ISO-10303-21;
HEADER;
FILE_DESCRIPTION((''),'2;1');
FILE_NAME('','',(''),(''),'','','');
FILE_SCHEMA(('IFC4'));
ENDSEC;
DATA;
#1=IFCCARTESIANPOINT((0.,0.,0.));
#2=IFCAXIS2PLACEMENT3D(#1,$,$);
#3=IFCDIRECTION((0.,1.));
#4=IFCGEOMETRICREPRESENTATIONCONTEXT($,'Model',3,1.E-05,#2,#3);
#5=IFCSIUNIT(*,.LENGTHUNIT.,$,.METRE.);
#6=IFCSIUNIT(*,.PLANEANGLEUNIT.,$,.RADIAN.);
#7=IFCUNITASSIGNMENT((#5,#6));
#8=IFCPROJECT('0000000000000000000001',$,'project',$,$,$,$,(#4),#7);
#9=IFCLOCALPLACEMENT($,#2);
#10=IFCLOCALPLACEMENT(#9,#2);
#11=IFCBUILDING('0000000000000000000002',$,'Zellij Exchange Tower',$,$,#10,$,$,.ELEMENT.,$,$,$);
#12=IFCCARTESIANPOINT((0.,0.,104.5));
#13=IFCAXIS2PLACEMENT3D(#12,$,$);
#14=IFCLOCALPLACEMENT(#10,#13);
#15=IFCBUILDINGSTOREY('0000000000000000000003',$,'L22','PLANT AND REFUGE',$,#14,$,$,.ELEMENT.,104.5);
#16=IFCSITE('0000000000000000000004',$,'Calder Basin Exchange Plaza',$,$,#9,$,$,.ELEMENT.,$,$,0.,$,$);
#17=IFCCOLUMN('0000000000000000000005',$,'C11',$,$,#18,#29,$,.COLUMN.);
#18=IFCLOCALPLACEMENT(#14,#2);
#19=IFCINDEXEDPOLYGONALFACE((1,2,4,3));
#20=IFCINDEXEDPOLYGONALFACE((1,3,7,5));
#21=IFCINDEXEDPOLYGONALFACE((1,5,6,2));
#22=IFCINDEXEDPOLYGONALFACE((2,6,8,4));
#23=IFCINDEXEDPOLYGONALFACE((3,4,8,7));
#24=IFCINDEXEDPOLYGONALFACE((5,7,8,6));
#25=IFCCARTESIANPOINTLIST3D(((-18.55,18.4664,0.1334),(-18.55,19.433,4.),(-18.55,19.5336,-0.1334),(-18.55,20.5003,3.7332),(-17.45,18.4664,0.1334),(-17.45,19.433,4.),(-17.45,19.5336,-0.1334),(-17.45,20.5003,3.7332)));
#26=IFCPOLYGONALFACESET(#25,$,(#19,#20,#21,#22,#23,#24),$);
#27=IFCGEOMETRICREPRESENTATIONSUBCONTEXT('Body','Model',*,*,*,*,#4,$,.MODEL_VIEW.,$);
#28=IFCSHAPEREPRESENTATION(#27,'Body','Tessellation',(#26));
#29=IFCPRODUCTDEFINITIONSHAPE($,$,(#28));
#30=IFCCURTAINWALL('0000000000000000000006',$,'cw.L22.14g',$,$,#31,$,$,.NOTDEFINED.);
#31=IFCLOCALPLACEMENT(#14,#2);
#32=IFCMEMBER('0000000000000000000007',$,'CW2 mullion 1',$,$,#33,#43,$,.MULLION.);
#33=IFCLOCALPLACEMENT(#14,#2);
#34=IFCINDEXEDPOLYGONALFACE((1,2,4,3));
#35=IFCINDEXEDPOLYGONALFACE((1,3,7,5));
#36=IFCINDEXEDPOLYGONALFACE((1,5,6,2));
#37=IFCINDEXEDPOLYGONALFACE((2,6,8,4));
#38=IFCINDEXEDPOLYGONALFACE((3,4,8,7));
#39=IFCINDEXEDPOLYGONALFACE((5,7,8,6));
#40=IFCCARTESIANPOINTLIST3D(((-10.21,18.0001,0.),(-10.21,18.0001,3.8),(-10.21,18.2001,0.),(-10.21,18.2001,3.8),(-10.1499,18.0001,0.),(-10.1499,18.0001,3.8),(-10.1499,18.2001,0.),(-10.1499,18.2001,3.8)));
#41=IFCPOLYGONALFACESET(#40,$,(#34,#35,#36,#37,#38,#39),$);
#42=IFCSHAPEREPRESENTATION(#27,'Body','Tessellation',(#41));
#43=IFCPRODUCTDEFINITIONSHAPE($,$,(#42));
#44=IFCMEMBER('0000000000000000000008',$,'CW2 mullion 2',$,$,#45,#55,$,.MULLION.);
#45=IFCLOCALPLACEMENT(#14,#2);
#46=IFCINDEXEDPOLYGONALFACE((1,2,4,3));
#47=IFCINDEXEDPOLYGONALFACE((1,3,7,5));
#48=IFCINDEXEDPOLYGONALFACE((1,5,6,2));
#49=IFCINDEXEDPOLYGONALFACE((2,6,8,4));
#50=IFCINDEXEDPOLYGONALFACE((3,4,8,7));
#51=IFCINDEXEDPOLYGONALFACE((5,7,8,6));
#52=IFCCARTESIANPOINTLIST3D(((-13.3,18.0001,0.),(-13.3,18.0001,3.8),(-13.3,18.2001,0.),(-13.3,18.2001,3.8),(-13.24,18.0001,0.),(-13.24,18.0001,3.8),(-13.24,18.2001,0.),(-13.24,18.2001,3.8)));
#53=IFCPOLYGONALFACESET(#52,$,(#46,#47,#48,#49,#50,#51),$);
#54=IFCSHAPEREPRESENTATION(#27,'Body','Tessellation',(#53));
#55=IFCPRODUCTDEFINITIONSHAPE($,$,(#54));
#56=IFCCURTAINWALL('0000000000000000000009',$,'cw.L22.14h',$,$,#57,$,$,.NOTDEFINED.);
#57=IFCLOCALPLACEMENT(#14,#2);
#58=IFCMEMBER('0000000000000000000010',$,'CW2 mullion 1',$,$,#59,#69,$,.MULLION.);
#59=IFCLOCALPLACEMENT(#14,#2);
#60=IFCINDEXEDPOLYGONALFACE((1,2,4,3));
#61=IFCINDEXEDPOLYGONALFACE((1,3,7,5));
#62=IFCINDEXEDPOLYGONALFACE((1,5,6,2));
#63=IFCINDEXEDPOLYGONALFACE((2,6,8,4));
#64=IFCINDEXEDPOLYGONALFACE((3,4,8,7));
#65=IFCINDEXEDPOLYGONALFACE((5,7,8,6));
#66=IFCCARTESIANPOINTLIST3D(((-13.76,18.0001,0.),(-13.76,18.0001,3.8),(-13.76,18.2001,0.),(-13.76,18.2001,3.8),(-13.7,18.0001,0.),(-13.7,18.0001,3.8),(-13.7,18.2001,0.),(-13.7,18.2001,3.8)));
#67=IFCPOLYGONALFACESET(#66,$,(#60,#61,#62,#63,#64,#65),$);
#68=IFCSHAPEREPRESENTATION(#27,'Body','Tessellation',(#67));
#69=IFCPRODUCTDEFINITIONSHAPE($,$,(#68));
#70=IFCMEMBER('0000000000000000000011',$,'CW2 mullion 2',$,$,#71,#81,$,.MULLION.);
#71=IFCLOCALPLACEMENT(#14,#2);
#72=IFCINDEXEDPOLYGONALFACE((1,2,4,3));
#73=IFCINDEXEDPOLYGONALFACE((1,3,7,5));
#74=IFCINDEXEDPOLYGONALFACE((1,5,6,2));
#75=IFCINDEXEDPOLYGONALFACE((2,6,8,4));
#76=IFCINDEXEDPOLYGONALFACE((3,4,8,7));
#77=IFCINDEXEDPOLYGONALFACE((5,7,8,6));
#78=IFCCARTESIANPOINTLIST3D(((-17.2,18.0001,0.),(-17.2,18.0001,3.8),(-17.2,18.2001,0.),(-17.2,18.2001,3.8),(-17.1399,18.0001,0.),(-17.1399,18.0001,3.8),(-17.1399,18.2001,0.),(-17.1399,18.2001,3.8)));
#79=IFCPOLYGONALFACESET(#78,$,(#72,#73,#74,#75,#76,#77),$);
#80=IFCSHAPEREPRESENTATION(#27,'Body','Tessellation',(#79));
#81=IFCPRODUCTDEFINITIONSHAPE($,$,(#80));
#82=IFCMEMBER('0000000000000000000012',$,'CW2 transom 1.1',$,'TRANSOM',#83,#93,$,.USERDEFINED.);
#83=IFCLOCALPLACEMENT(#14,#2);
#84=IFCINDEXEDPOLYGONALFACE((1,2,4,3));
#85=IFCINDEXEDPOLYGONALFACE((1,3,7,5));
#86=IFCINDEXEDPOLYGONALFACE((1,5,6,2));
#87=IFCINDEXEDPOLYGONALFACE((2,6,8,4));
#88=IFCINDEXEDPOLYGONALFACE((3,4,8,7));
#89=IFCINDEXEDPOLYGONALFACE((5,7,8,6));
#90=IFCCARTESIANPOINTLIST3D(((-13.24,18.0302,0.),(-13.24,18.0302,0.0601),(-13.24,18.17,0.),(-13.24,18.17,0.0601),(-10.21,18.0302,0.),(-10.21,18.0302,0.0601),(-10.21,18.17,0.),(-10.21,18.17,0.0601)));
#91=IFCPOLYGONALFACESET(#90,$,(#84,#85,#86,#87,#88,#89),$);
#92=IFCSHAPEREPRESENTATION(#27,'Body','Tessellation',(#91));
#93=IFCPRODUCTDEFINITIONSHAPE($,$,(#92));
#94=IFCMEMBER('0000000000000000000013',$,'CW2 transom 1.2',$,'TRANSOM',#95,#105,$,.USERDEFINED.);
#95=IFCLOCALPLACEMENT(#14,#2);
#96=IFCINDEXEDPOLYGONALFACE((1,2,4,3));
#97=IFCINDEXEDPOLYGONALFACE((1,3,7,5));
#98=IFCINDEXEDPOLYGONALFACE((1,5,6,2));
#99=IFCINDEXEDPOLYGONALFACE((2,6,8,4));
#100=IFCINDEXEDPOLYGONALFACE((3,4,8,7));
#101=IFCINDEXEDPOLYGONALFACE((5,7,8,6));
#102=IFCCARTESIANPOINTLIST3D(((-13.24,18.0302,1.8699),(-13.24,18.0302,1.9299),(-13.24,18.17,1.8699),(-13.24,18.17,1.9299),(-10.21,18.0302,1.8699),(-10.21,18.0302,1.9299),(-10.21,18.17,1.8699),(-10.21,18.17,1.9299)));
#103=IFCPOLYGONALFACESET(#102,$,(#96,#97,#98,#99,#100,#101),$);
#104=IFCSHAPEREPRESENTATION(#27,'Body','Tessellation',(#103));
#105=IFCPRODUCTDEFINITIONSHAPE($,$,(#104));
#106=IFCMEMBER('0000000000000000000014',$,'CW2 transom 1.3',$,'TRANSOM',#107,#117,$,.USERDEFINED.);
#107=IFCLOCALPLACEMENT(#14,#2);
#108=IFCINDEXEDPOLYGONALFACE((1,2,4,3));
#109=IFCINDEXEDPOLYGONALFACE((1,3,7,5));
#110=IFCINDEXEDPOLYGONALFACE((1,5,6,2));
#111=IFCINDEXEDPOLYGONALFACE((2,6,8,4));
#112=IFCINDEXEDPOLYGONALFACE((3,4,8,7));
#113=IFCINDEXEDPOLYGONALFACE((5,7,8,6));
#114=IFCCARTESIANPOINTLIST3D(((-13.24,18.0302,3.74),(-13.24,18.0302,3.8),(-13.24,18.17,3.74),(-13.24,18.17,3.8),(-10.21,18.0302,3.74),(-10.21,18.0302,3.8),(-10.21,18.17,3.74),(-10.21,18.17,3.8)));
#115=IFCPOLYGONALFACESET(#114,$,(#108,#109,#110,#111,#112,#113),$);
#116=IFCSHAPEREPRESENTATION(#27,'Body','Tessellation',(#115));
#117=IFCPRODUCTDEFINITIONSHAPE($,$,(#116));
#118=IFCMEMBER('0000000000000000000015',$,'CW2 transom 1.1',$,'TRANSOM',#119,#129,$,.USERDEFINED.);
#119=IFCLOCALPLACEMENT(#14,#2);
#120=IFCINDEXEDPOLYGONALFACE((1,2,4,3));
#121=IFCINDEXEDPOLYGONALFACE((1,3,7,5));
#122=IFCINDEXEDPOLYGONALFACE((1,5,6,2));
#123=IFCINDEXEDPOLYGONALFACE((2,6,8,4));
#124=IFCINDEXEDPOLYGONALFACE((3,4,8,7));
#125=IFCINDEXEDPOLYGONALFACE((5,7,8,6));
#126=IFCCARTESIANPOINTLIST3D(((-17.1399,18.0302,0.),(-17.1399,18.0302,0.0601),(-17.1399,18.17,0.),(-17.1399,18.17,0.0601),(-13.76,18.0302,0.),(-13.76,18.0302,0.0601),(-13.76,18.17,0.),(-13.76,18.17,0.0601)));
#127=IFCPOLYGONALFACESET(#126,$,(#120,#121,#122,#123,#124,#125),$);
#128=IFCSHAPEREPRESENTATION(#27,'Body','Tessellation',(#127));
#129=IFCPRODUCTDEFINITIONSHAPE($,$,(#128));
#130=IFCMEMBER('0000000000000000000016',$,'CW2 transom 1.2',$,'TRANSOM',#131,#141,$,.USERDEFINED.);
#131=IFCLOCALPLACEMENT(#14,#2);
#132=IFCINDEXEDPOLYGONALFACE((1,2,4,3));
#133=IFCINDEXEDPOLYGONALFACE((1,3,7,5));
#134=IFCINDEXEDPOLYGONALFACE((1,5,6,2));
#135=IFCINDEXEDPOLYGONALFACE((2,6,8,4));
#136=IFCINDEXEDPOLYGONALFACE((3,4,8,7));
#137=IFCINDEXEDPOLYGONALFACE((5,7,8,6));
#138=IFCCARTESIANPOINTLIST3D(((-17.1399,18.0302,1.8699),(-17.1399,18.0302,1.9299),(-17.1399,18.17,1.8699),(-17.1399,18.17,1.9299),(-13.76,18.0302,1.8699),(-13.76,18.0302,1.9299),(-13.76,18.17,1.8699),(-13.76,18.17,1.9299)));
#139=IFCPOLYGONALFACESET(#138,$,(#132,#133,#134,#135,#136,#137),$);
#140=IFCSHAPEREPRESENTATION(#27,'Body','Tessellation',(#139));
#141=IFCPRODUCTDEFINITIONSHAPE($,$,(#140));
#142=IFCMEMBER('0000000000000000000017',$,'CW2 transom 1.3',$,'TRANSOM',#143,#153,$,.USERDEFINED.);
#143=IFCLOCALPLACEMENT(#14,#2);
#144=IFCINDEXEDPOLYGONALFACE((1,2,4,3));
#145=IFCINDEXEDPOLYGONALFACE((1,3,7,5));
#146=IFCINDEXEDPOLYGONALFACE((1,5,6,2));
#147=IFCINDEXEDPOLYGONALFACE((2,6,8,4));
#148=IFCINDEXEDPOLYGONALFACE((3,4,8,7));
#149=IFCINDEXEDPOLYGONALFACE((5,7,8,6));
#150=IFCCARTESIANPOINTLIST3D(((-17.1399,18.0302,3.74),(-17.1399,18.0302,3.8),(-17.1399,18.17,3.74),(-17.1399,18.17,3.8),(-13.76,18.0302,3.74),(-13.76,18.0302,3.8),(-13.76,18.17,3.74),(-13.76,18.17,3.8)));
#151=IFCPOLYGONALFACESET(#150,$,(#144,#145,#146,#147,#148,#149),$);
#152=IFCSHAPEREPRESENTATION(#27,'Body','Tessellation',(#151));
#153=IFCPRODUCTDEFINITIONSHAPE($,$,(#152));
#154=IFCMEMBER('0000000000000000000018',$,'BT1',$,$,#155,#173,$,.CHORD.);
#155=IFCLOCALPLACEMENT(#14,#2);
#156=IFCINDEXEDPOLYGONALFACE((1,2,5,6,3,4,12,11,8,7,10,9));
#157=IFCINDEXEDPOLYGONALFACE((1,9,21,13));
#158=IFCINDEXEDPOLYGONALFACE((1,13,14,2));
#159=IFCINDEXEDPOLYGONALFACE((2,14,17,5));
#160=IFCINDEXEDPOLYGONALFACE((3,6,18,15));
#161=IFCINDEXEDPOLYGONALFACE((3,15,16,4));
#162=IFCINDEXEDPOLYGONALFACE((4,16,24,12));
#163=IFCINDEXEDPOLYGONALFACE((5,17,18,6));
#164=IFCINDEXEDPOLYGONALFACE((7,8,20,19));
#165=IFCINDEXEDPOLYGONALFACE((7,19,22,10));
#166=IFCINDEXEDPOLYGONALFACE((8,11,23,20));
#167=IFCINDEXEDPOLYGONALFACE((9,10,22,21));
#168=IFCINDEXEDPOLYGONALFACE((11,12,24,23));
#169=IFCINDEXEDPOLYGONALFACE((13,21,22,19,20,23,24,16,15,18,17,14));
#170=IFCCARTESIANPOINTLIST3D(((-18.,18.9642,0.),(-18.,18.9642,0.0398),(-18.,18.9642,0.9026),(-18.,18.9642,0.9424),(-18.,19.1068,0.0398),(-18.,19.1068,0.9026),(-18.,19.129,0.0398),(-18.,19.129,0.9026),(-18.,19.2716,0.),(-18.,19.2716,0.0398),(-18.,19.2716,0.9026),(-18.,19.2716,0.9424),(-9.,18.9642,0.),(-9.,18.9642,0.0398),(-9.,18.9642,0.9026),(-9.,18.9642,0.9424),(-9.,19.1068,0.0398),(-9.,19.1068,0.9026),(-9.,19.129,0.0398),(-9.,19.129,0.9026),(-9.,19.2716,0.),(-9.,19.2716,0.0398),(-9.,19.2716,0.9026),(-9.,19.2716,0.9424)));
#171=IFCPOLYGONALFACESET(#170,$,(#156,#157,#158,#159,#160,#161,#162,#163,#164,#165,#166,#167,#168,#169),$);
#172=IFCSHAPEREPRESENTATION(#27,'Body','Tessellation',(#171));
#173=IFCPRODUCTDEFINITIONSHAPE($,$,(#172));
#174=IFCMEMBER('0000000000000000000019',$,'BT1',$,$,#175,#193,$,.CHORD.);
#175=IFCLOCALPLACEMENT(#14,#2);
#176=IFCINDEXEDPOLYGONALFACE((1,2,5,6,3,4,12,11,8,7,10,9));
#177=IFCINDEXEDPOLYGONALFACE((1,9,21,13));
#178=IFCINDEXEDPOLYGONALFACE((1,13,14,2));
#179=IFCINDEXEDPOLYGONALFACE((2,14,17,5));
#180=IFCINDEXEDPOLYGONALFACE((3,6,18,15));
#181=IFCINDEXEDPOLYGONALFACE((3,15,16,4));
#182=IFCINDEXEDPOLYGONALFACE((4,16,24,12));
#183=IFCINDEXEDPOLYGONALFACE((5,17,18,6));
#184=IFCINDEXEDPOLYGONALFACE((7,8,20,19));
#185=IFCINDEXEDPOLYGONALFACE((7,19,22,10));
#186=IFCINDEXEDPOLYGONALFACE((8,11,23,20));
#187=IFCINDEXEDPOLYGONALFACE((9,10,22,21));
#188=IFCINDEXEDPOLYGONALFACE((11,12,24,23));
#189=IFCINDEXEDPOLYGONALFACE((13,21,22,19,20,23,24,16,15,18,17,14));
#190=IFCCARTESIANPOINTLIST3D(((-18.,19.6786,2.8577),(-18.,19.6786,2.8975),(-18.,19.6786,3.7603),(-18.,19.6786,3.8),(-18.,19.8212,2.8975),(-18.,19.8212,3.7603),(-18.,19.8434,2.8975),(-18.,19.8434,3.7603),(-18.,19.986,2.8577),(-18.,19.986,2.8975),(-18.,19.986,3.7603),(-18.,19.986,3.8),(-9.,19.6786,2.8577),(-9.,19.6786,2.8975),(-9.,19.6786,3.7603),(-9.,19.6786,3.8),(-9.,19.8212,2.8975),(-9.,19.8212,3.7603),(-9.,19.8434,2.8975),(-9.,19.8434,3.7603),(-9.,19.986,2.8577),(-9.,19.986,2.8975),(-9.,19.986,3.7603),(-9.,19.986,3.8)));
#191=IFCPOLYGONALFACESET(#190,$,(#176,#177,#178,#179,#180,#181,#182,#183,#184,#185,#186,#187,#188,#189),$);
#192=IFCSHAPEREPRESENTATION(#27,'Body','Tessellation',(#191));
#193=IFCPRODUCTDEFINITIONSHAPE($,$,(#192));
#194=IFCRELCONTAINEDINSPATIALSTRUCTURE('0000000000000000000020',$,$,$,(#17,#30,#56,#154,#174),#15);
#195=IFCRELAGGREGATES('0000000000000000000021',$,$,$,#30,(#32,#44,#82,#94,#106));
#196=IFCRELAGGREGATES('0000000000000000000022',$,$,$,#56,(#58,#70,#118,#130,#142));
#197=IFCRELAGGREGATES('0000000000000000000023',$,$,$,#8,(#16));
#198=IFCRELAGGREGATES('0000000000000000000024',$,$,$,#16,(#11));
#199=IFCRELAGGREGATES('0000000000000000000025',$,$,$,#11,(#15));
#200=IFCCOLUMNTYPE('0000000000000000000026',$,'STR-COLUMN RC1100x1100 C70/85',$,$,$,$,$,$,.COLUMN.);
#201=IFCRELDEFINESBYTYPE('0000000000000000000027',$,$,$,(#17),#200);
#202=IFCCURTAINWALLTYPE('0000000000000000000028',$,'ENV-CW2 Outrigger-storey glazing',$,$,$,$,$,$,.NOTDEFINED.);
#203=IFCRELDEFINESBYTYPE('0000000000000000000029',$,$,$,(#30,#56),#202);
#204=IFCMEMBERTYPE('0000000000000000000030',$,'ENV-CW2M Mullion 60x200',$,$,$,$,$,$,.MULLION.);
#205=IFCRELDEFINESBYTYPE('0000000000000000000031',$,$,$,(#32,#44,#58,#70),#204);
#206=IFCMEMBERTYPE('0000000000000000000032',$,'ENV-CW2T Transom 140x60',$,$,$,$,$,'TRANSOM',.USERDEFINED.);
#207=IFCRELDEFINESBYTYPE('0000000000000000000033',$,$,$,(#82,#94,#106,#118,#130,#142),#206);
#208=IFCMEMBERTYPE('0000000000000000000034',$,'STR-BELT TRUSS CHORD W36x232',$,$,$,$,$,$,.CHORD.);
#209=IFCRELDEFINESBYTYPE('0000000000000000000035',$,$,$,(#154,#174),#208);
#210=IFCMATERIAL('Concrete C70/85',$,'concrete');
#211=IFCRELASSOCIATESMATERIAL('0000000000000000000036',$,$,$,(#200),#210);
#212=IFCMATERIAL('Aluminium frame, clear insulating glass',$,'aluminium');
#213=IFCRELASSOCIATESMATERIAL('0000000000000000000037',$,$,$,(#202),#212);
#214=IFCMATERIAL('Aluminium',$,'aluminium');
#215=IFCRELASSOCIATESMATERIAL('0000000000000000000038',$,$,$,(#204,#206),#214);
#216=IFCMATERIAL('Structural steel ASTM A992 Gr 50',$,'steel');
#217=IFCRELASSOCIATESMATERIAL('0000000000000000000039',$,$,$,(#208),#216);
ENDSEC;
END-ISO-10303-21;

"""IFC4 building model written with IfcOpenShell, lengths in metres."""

from ifc_helpers import new_model, si_unit, direction, frame, origin, origin_2d, place, context, subcontext, project, spatial, rectangle, i_section, extrude, clip, halfspace, material, material_profile, profile_set, type_object, element, aggregate, save


model = new_model("IFC4")

# Units and contexts
model_context = context("Model", 3, precision=1e-05, world=origin(), true_north=direction((0.0, 1.0)))
body_context = subcontext(model_context, "Body", "Model", "MODEL_VIEW")
ifc_project = project(units=[si_unit("LENGTHUNIT", "METRE"), si_unit("PLANEANGLEUNIT", "RADIAN")], contexts=[model_context])

# Site, building, storey
site_placement = place(None, origin())
site = spatial("IfcSite", under=ifc_project, at=site_placement, Name="Calder Basin Exchange Plaza", CompositionType="ELEMENT", RefElevation=0.0)
building_placement = place(site_placement, origin())
building = spatial("IfcBuilding", under=site, at=building_placement, Name="Zellij Exchange Tower", CompositionType="ELEMENT")
storey_placement = place(building_placement, frame((0.0, 0.0, 104.5)))
storey = spatial("IfcBuildingStorey", under=building, at=storey_placement, Name="L22", Description="PLANT AND REFUGE", CompositionType="ELEMENT", Elevation=104.5)

# Column
ifc_material_1 = material(Name="Concrete C70/85", Category="concrete")
ifc_material_profile_1 = material_profile(ifc_material_1, rectangle(XDim=1.1001, YDim=1.1001, at=origin_2d()), Name="STR-COLUMN RC1100x1100 C70/85")
ifc_profile_set_1 = profile_set([ifc_material_profile_1], Name="Concrete C70/85")
column_type = type_object("IfcColumnType", Name="STR-COLUMN RC1100x1100 C70/85", PredefinedType="COLUMN", material=ifc_profile_set_1)
column_placement = place(storey_placement, frame((-18.0, 19.0, 0.0), z_axis=(0.0, 0.242536, 0.970143), x_axis=(-1.0, 0.0, 0.0)))
element("IfcColumn", 1, at=column_placement, inside=storey, type_object=column_type, Name="C11", PredefinedType="COLUMN", context=body_context, shape_type="Clipping", body=[
    clip(extrude(rectangle(XDim=1.1001, YDim=1.1001, at=origin_2d()), origin(), (0.0, 0.0, 1.0), 4.123), halfspace(frame((0.0, 0.0, 3.9856)), False)),
])

# Curtain walls, members
ifc_material_2 = material(Name="Aluminium frame, clear insulating glass", Category="aluminium")
curtain_wall_type = type_object("IfcCurtainWallType", Name="ENV-CW2 Outrigger-storey glazing", PredefinedType="NOTDEFINED", material=ifc_material_2)
curtain_wall_1_placement = place(storey_placement, origin())
curtain_wall_1 = element("IfcCurtainWall", 2, at=curtain_wall_1_placement, inside=storey, type_object=curtain_wall_type, Name="cw.L22.14g", PredefinedType="NOTDEFINED")
ifc_material_3 = material(Name="Aluminium", Category="aluminium")
ifc_material_profile_2 = material_profile(ifc_material_3, rectangle(XDim=0.0601, YDim=0.2, at=origin_2d()), Name="AL 60x200")
ifc_profile_set_2 = profile_set([ifc_material_profile_2], Name="Aluminium")
member_type_1 = type_object("IfcMemberType", Name="ENV-CW2M Mullion 60x200", PredefinedType="MULLION", material=ifc_profile_set_2)
member_1_placement = place(storey_placement, frame((-10.1799, 18.1001, 0.0), z_axis=(0.0, 0.0, 1.0), x_axis=(-1.0, 0.0, 0.0)))
member_1 = element("IfcMember", 3, at=member_1_placement, type_object=member_type_1, Name="CW2 mullion 1", PredefinedType="MULLION", context=body_context, shape_type="SweptSolid", body=[
    extrude(rectangle(XDim=0.0601, YDim=0.2, at=origin_2d()), origin(), (0.0, 0.0, 1.0), 3.8),
])
member_2_placement = place(storey_placement, frame((-13.27, 18.1001, 0.0), z_axis=(0.0, 0.0, 1.0), x_axis=(-1.0, 0.0, 0.0)))
member_2 = element("IfcMember", 4, at=member_2_placement, type_object=member_type_1, Name="CW2 mullion 2", PredefinedType="MULLION", context=body_context, shape_type="SweptSolid", body=[
    extrude(rectangle(XDim=0.0601, YDim=0.2, at=origin_2d()), origin(), (0.0, 0.0, 1.0), 3.8),
])
curtain_wall_2_placement = place(storey_placement, origin())
curtain_wall_2 = element("IfcCurtainWall", 5, at=curtain_wall_2_placement, inside=storey, type_object=curtain_wall_type, Name="cw.L22.14h", PredefinedType="NOTDEFINED")
member_3_placement = place(storey_placement, frame((-13.73, 18.1001, 0.0), z_axis=(0.0, 0.0, 1.0), x_axis=(-1.0, 0.0, 0.0)))
member_3 = element("IfcMember", 6, at=member_3_placement, type_object=member_type_1, Name="CW2 mullion 1", PredefinedType="MULLION", context=body_context, shape_type="SweptSolid", body=[
    extrude(rectangle(XDim=0.0601, YDim=0.2, at=origin_2d()), origin(), (0.0, 0.0, 1.0), 3.8),
])
member_4_placement = place(storey_placement, frame((-17.1699, 18.1001, 0.0), z_axis=(0.0, 0.0, 1.0), x_axis=(-1.0, 0.0, 0.0)))
member_4 = element("IfcMember", 7, at=member_4_placement, type_object=member_type_1, Name="CW2 mullion 2", PredefinedType="MULLION", context=body_context, shape_type="SweptSolid", body=[
    extrude(rectangle(XDim=0.0601, YDim=0.2, at=origin_2d()), origin(), (0.0, 0.0, 1.0), 3.8),
])

# Members
ifc_material_profile_3 = material_profile(ifc_material_3, rectangle(XDim=0.1399, YDim=0.0601, at=origin_2d()), Name="AL 140x60")
ifc_profile_set_3 = profile_set([ifc_material_profile_3], Name="Aluminium")
member_type_2 = type_object("IfcMemberType", Name="ENV-CW2T Transom 140x60", ElementType="TRANSOM", PredefinedType="USERDEFINED", material=ifc_profile_set_3)
member_5_placement = place(storey_placement, frame((-10.21, 18.1001, 0.03), z_axis=(-1.0, 0.0, 0.0), x_axis=(0.0, -1.0, 0.0)))
member_5 = element("IfcMember", 8, at=member_5_placement, type_object=member_type_2, Name="CW2 transom 1.1", ObjectType="TRANSOM", PredefinedType="USERDEFINED", context=body_context, shape_type="SweptSolid", body=[
    extrude(rectangle(XDim=0.1399, YDim=0.0601, at=origin_2d()), origin(), (0.0, 0.0, 1.0), 3.03),
])
member_6_placement = place(storey_placement, frame((-10.21, 18.1001, 1.8999), z_axis=(-1.0, 0.0, 0.0), x_axis=(0.0, -1.0, 0.0)))
member_6 = element("IfcMember", 9, at=member_6_placement, type_object=member_type_2, Name="CW2 transom 1.2", ObjectType="TRANSOM", PredefinedType="USERDEFINED", context=body_context, shape_type="SweptSolid", body=[
    extrude(rectangle(XDim=0.1399, YDim=0.0601, at=origin_2d()), origin(), (0.0, 0.0, 1.0), 3.03),
])
member_7_placement = place(storey_placement, frame((-10.21, 18.1001, 3.77), z_axis=(-1.0, 0.0, 0.0), x_axis=(0.0, -1.0, 0.0)))
member_7 = element("IfcMember", 10, at=member_7_placement, type_object=member_type_2, Name="CW2 transom 1.3", ObjectType="TRANSOM", PredefinedType="USERDEFINED", context=body_context, shape_type="SweptSolid", body=[
    extrude(rectangle(XDim=0.1399, YDim=0.0601, at=origin_2d()), origin(), (0.0, 0.0, 1.0), 3.03),
])
member_8_placement = place(storey_placement, frame((-13.76, 18.1001, 0.03), z_axis=(-1.0, 0.0, 0.0), x_axis=(0.0, -1.0, 0.0)))
member_8 = element("IfcMember", 11, at=member_8_placement, type_object=member_type_2, Name="CW2 transom 1.1", ObjectType="TRANSOM", PredefinedType="USERDEFINED", context=body_context, shape_type="SweptSolid", body=[
    extrude(rectangle(XDim=0.1399, YDim=0.0601, at=origin_2d()), origin(), (0.0, 0.0, 1.0), 3.3799),
])
member_9_placement = place(storey_placement, frame((-13.76, 18.1001, 1.8999), z_axis=(-1.0, 0.0, 0.0), x_axis=(0.0, -1.0, 0.0)))
member_9 = element("IfcMember", 12, at=member_9_placement, type_object=member_type_2, Name="CW2 transom 1.2", ObjectType="TRANSOM", PredefinedType="USERDEFINED", context=body_context, shape_type="SweptSolid", body=[
    extrude(rectangle(XDim=0.1399, YDim=0.0601, at=origin_2d()), origin(), (0.0, 0.0, 1.0), 3.3799),
])
member_10_placement = place(storey_placement, frame((-13.76, 18.1001, 3.77), z_axis=(-1.0, 0.0, 0.0), x_axis=(0.0, -1.0, 0.0)))
member_10 = element("IfcMember", 13, at=member_10_placement, type_object=member_type_2, Name="CW2 transom 1.3", ObjectType="TRANSOM", PredefinedType="USERDEFINED", context=body_context, shape_type="SweptSolid", body=[
    extrude(rectangle(XDim=0.1399, YDim=0.0601, at=origin_2d()), origin(), (0.0, 0.0, 1.0), 3.3799),
])

# Members
ifc_material_4 = material(Name="Structural steel ASTM A992 Gr 50", Category="steel")
ifc_material_profile_4 = material_profile(ifc_material_4, i_section(OverallWidth=0.3074, OverallDepth=0.9424, WebThickness=0.0222, FlangeThickness=0.0398, at=origin_2d()), Name="W36x232")
ifc_profile_set_4 = profile_set([ifc_material_profile_4], Name="Structural steel ASTM A992 Gr 50")
member_type_3 = type_object("IfcMemberType", Name="STR-BELT TRUSS CHORD W36x232", PredefinedType="CHORD", material=ifc_profile_set_4)
for number, where, z_axis, x_axis, name in (
    (14, (-18.0, 19.1179, 0.4712), (1.0, 0.0, 0.0), (0.0, 1.0, 0.0), "BT1"),
    (15, (-18.0, 19.8323, 3.3289), (1.0, 0.0, 0.0), (0.0, 1.0, 0.0), "BT1"),
):
    element("IfcMember", number, at=place(storey_placement, frame(where, z_axis=z_axis, x_axis=x_axis)), inside=storey, type_object=member_type_3, Name=name, PredefinedType="CHORD", context=body_context, shape_type="SweptSolid", body=[
        extrude(i_section(OverallWidth=0.3074, OverallDepth=0.9424, WebThickness=0.0222, FlangeThickness=0.0398, at=origin_2d()), origin(), (0.0, 0.0, 1.0), 9.0),
    ])

aggregate(curtain_wall_1, [member_1, member_2, member_5, member_6, member_7])
aggregate(curtain_wall_2, [member_3, member_4, member_8, member_9, member_10])

save(model, "model.ifc")
